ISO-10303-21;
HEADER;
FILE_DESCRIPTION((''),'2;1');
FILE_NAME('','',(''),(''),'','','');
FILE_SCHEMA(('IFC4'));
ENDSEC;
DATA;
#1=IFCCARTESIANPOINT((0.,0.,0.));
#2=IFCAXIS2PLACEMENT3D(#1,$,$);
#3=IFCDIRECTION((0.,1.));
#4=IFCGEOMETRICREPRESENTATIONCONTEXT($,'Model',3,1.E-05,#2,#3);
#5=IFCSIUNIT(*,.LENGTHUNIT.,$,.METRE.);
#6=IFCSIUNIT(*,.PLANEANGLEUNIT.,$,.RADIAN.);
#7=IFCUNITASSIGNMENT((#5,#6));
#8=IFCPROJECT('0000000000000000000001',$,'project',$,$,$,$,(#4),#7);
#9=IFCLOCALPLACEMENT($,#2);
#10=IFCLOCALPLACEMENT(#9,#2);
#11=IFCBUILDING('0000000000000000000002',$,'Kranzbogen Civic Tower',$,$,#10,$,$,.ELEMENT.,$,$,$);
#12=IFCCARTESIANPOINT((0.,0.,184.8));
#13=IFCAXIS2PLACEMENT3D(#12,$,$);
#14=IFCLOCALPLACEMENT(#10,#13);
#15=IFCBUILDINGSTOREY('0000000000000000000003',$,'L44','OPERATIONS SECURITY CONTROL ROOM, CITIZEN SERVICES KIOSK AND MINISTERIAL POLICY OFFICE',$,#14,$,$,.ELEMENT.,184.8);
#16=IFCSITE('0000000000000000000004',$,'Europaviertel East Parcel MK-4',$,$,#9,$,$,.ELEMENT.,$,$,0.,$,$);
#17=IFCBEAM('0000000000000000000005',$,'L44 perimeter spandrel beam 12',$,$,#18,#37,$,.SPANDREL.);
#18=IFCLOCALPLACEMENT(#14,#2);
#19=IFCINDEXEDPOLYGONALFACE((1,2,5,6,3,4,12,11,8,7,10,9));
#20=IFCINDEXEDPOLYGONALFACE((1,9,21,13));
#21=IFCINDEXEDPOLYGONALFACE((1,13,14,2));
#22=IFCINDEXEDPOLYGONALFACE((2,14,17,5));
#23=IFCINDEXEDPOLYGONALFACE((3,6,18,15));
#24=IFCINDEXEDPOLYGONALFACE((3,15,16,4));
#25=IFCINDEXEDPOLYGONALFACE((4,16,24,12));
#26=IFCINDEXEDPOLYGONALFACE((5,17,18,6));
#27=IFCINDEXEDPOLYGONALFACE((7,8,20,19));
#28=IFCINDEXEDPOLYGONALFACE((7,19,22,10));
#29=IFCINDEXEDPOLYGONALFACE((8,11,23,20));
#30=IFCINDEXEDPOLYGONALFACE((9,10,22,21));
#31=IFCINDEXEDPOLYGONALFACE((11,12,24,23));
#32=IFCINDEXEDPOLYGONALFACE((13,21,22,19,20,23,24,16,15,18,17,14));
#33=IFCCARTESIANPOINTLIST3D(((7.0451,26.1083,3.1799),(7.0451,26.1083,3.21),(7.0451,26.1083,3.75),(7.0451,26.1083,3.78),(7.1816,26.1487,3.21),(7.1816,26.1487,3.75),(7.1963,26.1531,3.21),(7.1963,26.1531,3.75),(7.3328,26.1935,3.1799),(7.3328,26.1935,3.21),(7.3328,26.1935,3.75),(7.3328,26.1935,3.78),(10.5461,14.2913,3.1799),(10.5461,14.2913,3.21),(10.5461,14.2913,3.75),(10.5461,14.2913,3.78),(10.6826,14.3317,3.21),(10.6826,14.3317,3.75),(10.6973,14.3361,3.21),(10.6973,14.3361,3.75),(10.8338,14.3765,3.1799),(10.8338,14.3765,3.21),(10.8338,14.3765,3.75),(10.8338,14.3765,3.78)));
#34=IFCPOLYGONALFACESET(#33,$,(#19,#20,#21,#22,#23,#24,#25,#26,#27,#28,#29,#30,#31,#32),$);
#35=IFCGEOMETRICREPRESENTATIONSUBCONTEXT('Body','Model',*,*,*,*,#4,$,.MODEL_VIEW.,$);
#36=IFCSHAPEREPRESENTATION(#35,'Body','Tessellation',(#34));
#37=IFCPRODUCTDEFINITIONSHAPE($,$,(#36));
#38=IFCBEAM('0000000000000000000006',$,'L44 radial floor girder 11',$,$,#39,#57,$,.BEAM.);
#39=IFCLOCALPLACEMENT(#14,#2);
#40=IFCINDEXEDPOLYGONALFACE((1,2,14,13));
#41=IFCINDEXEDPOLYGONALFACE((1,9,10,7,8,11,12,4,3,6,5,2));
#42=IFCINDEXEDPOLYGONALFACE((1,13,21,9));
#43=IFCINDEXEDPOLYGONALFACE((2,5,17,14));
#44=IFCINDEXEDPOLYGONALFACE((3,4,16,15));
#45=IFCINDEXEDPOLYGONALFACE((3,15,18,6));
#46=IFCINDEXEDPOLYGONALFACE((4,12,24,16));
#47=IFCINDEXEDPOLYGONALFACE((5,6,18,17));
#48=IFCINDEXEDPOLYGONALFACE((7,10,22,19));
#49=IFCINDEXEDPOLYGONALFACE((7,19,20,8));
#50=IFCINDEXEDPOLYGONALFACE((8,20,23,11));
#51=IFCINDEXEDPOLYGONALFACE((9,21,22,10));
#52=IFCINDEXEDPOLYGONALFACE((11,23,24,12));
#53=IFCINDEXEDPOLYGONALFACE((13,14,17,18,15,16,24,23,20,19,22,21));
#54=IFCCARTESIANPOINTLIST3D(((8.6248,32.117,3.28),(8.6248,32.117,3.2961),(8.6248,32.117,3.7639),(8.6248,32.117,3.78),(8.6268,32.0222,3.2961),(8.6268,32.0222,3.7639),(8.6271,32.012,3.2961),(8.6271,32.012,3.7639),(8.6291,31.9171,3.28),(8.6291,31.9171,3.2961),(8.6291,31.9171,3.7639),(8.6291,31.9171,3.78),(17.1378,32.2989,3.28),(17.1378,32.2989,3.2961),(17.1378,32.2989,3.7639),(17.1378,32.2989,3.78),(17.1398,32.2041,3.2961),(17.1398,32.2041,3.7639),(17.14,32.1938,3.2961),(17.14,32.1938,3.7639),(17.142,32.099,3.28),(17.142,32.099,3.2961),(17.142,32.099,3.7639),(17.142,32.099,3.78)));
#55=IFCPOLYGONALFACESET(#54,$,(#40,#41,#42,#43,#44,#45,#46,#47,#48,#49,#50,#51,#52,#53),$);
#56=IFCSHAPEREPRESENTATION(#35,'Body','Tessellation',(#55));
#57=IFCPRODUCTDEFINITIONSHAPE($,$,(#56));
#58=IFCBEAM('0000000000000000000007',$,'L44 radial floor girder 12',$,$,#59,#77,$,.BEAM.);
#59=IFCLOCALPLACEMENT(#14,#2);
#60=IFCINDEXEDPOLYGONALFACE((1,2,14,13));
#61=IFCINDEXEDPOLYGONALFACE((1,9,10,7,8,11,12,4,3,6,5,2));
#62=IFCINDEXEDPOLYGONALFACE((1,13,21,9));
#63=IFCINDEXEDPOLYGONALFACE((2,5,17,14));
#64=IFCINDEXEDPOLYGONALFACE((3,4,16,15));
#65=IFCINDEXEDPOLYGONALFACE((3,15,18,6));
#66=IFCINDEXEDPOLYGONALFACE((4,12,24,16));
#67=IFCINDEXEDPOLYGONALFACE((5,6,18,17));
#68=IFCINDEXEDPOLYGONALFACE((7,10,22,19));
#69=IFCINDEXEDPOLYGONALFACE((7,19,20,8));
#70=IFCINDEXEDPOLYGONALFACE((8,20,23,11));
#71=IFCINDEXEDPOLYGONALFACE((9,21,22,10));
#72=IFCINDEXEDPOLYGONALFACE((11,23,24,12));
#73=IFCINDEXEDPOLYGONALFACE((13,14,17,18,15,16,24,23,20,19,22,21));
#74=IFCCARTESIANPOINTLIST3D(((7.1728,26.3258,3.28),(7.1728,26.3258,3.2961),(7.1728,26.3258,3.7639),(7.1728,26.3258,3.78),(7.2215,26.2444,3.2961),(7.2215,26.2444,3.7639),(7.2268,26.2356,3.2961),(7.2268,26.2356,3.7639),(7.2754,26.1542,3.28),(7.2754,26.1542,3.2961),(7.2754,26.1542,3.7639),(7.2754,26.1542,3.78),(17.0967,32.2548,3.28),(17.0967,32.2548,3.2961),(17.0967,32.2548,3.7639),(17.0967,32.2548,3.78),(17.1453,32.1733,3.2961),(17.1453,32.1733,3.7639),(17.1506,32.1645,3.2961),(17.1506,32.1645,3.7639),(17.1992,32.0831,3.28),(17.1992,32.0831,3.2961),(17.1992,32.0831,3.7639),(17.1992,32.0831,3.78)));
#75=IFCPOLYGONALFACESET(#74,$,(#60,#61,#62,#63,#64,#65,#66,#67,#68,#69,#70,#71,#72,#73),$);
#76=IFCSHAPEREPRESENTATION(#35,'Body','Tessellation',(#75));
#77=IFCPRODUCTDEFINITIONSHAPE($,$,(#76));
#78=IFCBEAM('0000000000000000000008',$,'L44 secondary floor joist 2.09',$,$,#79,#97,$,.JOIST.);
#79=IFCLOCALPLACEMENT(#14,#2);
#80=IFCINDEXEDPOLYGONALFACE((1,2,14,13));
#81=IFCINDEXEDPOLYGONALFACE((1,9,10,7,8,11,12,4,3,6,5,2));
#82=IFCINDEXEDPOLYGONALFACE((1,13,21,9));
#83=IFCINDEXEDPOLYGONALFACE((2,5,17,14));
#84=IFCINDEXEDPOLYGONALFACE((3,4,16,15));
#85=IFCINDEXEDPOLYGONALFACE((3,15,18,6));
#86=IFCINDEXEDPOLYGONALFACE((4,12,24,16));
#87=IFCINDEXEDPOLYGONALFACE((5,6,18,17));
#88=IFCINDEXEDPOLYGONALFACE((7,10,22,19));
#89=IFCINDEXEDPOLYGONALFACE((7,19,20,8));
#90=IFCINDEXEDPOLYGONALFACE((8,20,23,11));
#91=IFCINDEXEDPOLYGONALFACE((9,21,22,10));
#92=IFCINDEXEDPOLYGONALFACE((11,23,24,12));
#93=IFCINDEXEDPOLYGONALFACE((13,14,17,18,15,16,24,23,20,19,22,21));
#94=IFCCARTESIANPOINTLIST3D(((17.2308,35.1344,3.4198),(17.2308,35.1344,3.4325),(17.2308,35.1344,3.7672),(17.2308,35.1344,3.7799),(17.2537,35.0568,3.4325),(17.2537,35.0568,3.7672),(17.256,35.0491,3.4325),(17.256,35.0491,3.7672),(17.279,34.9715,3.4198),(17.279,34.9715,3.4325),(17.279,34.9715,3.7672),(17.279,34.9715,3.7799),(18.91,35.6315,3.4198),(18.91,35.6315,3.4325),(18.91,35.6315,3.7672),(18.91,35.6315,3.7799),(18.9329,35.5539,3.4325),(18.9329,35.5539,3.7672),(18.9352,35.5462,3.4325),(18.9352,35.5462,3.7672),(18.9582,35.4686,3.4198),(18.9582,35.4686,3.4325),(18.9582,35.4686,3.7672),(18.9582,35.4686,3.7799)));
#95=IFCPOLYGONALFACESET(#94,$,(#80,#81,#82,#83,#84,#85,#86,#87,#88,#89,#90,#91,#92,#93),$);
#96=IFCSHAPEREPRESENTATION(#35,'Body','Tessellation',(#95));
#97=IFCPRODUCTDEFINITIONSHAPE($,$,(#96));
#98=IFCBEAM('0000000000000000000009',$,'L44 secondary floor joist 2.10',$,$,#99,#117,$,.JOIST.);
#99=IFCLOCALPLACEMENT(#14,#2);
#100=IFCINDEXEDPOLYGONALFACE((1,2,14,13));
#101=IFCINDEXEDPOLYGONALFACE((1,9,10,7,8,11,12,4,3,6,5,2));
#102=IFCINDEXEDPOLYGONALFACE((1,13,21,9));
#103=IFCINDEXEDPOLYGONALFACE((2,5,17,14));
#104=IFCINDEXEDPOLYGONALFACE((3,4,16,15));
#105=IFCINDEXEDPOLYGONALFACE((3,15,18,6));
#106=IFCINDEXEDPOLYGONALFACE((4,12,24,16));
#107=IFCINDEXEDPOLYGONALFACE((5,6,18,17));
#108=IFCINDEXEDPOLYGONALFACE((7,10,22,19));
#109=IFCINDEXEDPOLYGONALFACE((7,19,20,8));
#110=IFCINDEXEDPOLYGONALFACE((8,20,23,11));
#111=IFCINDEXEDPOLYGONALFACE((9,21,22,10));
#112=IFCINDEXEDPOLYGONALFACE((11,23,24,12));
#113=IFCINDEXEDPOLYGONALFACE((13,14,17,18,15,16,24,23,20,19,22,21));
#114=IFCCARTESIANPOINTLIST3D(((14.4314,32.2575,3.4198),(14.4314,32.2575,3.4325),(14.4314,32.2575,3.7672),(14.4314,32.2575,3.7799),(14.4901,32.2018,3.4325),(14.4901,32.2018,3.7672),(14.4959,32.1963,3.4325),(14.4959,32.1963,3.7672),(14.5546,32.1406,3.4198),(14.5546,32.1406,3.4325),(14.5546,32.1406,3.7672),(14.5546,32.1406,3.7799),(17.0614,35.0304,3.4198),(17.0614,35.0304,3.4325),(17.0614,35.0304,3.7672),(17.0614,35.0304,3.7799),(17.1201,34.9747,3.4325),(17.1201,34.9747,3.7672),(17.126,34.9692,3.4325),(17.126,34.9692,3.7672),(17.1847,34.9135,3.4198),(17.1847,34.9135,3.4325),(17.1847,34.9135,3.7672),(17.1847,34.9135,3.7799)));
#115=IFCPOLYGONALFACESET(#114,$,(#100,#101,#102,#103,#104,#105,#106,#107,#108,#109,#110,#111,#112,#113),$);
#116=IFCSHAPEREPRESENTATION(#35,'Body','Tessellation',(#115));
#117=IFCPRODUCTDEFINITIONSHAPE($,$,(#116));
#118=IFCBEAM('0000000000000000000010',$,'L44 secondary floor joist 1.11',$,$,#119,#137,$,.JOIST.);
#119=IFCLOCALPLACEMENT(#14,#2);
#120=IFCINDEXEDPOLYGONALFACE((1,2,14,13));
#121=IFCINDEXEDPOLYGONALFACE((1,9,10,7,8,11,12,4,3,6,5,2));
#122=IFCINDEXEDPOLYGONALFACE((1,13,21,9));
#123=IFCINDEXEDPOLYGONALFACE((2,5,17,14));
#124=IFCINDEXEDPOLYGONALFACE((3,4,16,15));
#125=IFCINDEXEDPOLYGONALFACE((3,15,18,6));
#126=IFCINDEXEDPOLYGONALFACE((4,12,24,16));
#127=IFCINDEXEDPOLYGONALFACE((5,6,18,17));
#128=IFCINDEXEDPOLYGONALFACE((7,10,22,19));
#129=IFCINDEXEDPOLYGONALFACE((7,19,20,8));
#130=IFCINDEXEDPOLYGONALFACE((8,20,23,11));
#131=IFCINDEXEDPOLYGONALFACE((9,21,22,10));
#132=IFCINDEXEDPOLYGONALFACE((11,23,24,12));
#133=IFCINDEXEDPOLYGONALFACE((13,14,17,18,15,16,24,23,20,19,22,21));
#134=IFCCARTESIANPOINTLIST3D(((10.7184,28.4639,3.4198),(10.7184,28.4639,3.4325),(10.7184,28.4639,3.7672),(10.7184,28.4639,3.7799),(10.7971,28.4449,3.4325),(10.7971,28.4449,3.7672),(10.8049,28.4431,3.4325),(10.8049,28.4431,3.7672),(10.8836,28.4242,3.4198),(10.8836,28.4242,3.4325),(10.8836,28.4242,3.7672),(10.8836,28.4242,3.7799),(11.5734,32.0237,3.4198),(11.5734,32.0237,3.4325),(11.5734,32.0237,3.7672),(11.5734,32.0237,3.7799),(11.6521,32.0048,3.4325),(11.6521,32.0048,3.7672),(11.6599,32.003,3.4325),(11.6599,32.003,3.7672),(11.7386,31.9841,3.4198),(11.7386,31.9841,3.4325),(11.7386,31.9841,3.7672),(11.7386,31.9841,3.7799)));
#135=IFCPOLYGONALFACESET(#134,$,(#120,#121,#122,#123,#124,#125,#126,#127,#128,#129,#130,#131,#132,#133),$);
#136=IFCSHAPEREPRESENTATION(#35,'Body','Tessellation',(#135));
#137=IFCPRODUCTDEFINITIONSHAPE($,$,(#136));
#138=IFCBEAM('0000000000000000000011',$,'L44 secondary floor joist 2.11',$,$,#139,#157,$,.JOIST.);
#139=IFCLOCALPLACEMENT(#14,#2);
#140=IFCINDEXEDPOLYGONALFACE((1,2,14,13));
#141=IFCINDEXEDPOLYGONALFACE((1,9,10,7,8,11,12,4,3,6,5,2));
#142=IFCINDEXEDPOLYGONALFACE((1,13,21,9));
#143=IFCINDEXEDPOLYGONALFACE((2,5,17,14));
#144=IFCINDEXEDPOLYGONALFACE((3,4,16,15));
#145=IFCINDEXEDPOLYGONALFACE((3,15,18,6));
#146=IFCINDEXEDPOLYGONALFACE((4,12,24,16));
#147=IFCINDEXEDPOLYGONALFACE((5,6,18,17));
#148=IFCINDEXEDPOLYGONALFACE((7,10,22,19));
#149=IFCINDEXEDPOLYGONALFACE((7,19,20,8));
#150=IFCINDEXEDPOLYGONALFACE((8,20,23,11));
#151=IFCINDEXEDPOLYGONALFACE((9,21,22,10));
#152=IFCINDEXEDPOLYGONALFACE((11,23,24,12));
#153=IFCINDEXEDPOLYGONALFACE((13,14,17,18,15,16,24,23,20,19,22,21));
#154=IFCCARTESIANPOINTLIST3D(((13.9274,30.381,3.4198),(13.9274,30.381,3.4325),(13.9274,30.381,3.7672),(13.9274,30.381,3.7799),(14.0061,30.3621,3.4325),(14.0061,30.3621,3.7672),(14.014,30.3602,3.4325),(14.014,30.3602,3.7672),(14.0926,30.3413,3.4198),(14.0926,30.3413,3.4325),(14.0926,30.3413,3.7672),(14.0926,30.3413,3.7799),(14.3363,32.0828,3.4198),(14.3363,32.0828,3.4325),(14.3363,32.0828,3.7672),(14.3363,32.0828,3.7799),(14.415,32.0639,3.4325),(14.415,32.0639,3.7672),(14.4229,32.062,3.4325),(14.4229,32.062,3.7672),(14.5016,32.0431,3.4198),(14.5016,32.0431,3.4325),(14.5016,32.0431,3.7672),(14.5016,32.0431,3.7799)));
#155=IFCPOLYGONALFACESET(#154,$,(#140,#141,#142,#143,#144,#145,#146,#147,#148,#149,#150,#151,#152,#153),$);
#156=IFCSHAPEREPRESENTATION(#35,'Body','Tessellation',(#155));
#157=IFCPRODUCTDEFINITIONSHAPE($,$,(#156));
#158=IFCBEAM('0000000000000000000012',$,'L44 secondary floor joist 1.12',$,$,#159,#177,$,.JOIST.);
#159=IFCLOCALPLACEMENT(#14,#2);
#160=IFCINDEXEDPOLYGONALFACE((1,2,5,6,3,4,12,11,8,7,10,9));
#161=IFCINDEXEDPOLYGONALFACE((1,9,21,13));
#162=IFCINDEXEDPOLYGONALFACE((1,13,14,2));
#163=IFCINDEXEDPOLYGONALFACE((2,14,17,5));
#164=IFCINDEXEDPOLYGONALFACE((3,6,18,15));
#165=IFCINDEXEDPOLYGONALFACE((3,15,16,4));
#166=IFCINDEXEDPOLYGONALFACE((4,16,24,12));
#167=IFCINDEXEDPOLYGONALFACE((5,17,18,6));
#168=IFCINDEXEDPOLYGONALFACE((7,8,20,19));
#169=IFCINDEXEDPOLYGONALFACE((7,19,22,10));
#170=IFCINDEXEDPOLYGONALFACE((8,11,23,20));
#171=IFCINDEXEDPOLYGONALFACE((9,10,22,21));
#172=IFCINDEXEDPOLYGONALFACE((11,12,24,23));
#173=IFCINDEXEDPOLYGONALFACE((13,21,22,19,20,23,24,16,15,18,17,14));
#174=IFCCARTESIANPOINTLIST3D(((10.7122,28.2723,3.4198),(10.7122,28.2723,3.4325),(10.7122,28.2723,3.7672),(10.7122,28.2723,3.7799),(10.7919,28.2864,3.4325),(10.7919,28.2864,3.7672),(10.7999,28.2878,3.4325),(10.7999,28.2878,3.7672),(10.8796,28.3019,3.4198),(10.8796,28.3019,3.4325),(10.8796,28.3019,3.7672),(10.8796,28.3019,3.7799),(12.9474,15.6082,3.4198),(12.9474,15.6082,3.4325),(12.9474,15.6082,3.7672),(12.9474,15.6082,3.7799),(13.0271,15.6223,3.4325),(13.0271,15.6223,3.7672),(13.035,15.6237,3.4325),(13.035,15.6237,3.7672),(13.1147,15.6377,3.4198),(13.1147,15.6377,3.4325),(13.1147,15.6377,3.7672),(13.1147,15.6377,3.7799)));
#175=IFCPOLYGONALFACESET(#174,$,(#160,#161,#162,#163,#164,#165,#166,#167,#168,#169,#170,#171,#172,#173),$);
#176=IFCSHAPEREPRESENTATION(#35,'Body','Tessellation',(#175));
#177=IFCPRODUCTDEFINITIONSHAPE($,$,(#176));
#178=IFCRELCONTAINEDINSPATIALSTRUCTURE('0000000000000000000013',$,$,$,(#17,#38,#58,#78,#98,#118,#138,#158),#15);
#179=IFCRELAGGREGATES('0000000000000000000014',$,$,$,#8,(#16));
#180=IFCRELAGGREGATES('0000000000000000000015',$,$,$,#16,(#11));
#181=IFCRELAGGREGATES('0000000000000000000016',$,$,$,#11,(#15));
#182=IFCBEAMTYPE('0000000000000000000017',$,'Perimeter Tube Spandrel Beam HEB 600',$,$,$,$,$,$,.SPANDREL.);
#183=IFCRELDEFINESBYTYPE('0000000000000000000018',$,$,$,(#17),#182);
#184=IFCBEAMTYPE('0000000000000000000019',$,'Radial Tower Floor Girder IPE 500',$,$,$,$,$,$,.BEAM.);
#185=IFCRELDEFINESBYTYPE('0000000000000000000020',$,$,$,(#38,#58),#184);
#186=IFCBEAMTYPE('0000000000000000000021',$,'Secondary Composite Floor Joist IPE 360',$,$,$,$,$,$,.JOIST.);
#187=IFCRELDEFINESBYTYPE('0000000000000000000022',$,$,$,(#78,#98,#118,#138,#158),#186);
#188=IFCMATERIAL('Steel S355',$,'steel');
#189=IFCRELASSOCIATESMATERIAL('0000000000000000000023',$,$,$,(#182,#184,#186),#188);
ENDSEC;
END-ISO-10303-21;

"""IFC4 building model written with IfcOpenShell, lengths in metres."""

from ifc_helpers import new_model, si_unit, direction, frame, origin, origin_2d, place, context, subcontext, project, spatial, i_section, extrude, material, material_profile, profile_set, type_object, element, save


model = new_model("IFC4")

# Units and contexts
model_context = context("Model", 3, precision=1e-05, world=origin(), true_north=direction((0.0, 1.0)))
body_context = subcontext(model_context, "Body", "Model", "MODEL_VIEW")
ifc_project = project(units=[si_unit("LENGTHUNIT", "METRE"), si_unit("PLANEANGLEUNIT", "RADIAN")], contexts=[model_context])

# Site, building, storey
site_placement = place(None, origin())
site = spatial("IfcSite", under=ifc_project, at=site_placement, Name="Europaviertel East Parcel MK-4", CompositionType="ELEMENT", RefElevation=0.0)
building_placement = place(site_placement, origin())
building = spatial("IfcBuilding", under=site, at=building_placement, Name="Kranzbogen Civic Tower", CompositionType="ELEMENT")
storey_placement = place(building_placement, frame((0.0, 0.0, 184.8)))
storey = spatial("IfcBuildingStorey", under=building, at=storey_placement, Name="L44", Description="OPERATIONS SECURITY CONTROL ROOM, CITIZEN SERVICES KIOSK AND MINISTERIAL POLICY OFFICE", CompositionType="ELEMENT", Elevation=184.8)

# Shared definitions
ifc_material_1 = material(Name="Steel S355", Category="steel")

# Beams
ifc_material_profile_1 = material_profile(ifc_material_1, i_section(OverallWidth=0.3, OverallDepth=0.6001, WebThickness=0.0154, FlangeThickness=0.03, at=origin_2d()), Name="HEB 600")
ifc_profile_set_1 = profile_set([ifc_material_profile_1], Name="Steel S355")
beam_type_1 = type_object("IfcBeamType", Name="Perimeter Tube Spandrel Beam HEB 600", PredefinedType="SPANDREL", material=ifc_profile_set_1)
beam_1_placement = place(storey_placement, frame((7.189, 26.1509, 3.48), z_axis=(0.284064, -0.958805, 0.0), x_axis=(0.958805, 0.284064, 0.0)))
element("IfcBeam", 1, at=beam_1_placement, inside=storey, type_object=beam_type_1, Name="L44 perimeter spandrel beam 12", PredefinedType="SPANDREL", context=body_context, shape_type="SweptSolid", body=[
    extrude(i_section(OverallWidth=0.3, OverallDepth=0.6001, WebThickness=0.0154, FlangeThickness=0.03, at=origin_2d()), origin(), (0.0, 0.0, 1.0), 12.3247),
])
ifc_material_profile_2 = material_profile(ifc_material_1, i_section(OverallWidth=0.2, OverallDepth=0.5, WebThickness=0.0103, FlangeThickness=0.0161, at=origin_2d()), Name="IPE 500")
ifc_profile_set_2 = profile_set([ifc_material_profile_2], Name="Steel S355")
beam_type_2 = type_object("IfcBeamType", Name="Radial Tower Floor Girder IPE 500", PredefinedType="BEAM", material=ifc_profile_set_2)
beam_2_placement = place(storey_placement, frame((8.627, 32.0171, 3.53), z_axis=(0.999772, 0.021361, 0.0), x_axis=(-0.021361, 0.999772, 0.0)))
element("IfcBeam", 2, at=beam_2_placement, inside=storey, type_object=beam_type_2, Name="L44 radial floor girder 11", PredefinedType="BEAM", context=body_context, shape_type="SweptSolid", body=[
    extrude(i_section(OverallWidth=0.2, OverallDepth=0.5, WebThickness=0.0103, FlangeThickness=0.0161, at=origin_2d()), origin(), (0.0, 0.0, 1.0), 8.5149),
])
beam_3_placement = place(storey_placement, frame((7.2241, 26.24, 3.53), z_axis=(0.858459, 0.512883, 0.0), x_axis=(-0.512883, 0.858459, 0.0)))
element("IfcBeam", 3, at=beam_3_placement, inside=storey, type_object=beam_type_2, Name="L44 radial floor girder 12", PredefinedType="BEAM", context=body_context, shape_type="SweptSolid", body=[
    extrude(i_section(OverallWidth=0.2, OverallDepth=0.5, WebThickness=0.0103, FlangeThickness=0.0161, at=origin_2d()), origin(), (0.0, 0.0, 1.0), 11.5601),
])
ifc_material_profile_3 = material_profile(ifc_material_1, i_section(OverallWidth=0.1699, OverallDepth=0.3601, WebThickness=0.0081, FlangeThickness=0.0127, at=origin_2d()), Name="IPE 360")
ifc_profile_set_3 = profile_set([ifc_material_profile_3], Name="Steel S355")
beam_type_3 = type_object("IfcBeamType", Name="Secondary Composite Floor Joist IPE 360", PredefinedType="JOIST", material=ifc_profile_set_3)
beam_4_placement = place(storey_placement, frame((18.9341, 35.55, 3.5999), z_axis=(-0.958871, -0.283841, 0.0), x_axis=(0.283841, -0.958871, 0.0)))
element("IfcBeam", 4, at=beam_4_placement, inside=storey, type_object=beam_type_3, Name="L44 secondary floor joist 2.09", PredefinedType="JOIST", context=body_context, shape_type="SweptSolid", body=[
    extrude(i_section(OverallWidth=0.1699, OverallDepth=0.3601, WebThickness=0.0081, FlangeThickness=0.0127, at=origin_2d()), origin(), (0.0, 0.0, 1.0), 1.7512),
])
beam_5_placement = place(storey_placement, frame((17.123, 34.9719, 3.5999), z_axis=(-0.688175, -0.725545, 0.0), x_axis=(0.725545, -0.688175, 0.0)))
element("IfcBeam", 5, at=beam_5_placement, inside=storey, type_object=beam_type_3, Name="L44 secondary floor joist 2.10", PredefinedType="JOIST", context=body_context, shape_type="SweptSolid", body=[
    extrude(i_section(OverallWidth=0.1699, OverallDepth=0.3601, WebThickness=0.0081, FlangeThickness=0.0127, at=origin_2d()), origin(), (0.0, 0.0, 1.0), 3.8218),
])
beam_6_placement = place(storey_placement, frame((11.656, 32.0039, 3.5999), z_axis=(-0.233534, -0.972349, 0.0), x_axis=(0.972349, -0.233534, 0.0)))
element("IfcBeam", 6, at=beam_6_placement, inside=storey, type_object=beam_type_3, Name="L44 secondary floor joist 1.11", PredefinedType="JOIST", context=body_context, shape_type="SweptSolid", body=[
    extrude(i_section(OverallWidth=0.1699, OverallDepth=0.3601, WebThickness=0.0081, FlangeThickness=0.0127, at=origin_2d()), origin(), (0.0, 0.0, 1.0), 3.6611),
])
beam_7_placement = place(storey_placement, frame((14.4189, 32.063, 3.5999), z_axis=(-0.233631, -0.972325, 0.0), x_axis=(0.972325, -0.233631, 0.0)))
element("IfcBeam", 7, at=beam_7_placement, inside=storey, type_object=beam_type_3, Name="L44 secondary floor joist 2.11", PredefinedType="JOIST", context=body_context, shape_type="SweptSolid", body=[
    extrude(i_section(OverallWidth=0.1699, OverallDepth=0.3601, WebThickness=0.0081, FlangeThickness=0.0127, at=origin_2d()), origin(), (0.0, 0.0, 1.0), 1.7502),
])
beam_8_placement = place(storey_placement, frame((10.7959, 28.2871, 3.5999), z_axis=(0.173806, -0.98478, 0.0), x_axis=(0.98478, 0.173806, 0.0)))
element("IfcBeam", 8, at=beam_8_placement, inside=storey, type_object=beam_type_3, Name="L44 secondary floor joist 1.12", PredefinedType="JOIST", context=body_context, shape_type="SweptSolid", body=[
    extrude(i_section(OverallWidth=0.1699, OverallDepth=0.3601, WebThickness=0.0081, FlangeThickness=0.0127, at=origin_2d()), origin(), (0.0, 0.0, 1.0), 12.8599),
])

save(model, "model.ifc")
